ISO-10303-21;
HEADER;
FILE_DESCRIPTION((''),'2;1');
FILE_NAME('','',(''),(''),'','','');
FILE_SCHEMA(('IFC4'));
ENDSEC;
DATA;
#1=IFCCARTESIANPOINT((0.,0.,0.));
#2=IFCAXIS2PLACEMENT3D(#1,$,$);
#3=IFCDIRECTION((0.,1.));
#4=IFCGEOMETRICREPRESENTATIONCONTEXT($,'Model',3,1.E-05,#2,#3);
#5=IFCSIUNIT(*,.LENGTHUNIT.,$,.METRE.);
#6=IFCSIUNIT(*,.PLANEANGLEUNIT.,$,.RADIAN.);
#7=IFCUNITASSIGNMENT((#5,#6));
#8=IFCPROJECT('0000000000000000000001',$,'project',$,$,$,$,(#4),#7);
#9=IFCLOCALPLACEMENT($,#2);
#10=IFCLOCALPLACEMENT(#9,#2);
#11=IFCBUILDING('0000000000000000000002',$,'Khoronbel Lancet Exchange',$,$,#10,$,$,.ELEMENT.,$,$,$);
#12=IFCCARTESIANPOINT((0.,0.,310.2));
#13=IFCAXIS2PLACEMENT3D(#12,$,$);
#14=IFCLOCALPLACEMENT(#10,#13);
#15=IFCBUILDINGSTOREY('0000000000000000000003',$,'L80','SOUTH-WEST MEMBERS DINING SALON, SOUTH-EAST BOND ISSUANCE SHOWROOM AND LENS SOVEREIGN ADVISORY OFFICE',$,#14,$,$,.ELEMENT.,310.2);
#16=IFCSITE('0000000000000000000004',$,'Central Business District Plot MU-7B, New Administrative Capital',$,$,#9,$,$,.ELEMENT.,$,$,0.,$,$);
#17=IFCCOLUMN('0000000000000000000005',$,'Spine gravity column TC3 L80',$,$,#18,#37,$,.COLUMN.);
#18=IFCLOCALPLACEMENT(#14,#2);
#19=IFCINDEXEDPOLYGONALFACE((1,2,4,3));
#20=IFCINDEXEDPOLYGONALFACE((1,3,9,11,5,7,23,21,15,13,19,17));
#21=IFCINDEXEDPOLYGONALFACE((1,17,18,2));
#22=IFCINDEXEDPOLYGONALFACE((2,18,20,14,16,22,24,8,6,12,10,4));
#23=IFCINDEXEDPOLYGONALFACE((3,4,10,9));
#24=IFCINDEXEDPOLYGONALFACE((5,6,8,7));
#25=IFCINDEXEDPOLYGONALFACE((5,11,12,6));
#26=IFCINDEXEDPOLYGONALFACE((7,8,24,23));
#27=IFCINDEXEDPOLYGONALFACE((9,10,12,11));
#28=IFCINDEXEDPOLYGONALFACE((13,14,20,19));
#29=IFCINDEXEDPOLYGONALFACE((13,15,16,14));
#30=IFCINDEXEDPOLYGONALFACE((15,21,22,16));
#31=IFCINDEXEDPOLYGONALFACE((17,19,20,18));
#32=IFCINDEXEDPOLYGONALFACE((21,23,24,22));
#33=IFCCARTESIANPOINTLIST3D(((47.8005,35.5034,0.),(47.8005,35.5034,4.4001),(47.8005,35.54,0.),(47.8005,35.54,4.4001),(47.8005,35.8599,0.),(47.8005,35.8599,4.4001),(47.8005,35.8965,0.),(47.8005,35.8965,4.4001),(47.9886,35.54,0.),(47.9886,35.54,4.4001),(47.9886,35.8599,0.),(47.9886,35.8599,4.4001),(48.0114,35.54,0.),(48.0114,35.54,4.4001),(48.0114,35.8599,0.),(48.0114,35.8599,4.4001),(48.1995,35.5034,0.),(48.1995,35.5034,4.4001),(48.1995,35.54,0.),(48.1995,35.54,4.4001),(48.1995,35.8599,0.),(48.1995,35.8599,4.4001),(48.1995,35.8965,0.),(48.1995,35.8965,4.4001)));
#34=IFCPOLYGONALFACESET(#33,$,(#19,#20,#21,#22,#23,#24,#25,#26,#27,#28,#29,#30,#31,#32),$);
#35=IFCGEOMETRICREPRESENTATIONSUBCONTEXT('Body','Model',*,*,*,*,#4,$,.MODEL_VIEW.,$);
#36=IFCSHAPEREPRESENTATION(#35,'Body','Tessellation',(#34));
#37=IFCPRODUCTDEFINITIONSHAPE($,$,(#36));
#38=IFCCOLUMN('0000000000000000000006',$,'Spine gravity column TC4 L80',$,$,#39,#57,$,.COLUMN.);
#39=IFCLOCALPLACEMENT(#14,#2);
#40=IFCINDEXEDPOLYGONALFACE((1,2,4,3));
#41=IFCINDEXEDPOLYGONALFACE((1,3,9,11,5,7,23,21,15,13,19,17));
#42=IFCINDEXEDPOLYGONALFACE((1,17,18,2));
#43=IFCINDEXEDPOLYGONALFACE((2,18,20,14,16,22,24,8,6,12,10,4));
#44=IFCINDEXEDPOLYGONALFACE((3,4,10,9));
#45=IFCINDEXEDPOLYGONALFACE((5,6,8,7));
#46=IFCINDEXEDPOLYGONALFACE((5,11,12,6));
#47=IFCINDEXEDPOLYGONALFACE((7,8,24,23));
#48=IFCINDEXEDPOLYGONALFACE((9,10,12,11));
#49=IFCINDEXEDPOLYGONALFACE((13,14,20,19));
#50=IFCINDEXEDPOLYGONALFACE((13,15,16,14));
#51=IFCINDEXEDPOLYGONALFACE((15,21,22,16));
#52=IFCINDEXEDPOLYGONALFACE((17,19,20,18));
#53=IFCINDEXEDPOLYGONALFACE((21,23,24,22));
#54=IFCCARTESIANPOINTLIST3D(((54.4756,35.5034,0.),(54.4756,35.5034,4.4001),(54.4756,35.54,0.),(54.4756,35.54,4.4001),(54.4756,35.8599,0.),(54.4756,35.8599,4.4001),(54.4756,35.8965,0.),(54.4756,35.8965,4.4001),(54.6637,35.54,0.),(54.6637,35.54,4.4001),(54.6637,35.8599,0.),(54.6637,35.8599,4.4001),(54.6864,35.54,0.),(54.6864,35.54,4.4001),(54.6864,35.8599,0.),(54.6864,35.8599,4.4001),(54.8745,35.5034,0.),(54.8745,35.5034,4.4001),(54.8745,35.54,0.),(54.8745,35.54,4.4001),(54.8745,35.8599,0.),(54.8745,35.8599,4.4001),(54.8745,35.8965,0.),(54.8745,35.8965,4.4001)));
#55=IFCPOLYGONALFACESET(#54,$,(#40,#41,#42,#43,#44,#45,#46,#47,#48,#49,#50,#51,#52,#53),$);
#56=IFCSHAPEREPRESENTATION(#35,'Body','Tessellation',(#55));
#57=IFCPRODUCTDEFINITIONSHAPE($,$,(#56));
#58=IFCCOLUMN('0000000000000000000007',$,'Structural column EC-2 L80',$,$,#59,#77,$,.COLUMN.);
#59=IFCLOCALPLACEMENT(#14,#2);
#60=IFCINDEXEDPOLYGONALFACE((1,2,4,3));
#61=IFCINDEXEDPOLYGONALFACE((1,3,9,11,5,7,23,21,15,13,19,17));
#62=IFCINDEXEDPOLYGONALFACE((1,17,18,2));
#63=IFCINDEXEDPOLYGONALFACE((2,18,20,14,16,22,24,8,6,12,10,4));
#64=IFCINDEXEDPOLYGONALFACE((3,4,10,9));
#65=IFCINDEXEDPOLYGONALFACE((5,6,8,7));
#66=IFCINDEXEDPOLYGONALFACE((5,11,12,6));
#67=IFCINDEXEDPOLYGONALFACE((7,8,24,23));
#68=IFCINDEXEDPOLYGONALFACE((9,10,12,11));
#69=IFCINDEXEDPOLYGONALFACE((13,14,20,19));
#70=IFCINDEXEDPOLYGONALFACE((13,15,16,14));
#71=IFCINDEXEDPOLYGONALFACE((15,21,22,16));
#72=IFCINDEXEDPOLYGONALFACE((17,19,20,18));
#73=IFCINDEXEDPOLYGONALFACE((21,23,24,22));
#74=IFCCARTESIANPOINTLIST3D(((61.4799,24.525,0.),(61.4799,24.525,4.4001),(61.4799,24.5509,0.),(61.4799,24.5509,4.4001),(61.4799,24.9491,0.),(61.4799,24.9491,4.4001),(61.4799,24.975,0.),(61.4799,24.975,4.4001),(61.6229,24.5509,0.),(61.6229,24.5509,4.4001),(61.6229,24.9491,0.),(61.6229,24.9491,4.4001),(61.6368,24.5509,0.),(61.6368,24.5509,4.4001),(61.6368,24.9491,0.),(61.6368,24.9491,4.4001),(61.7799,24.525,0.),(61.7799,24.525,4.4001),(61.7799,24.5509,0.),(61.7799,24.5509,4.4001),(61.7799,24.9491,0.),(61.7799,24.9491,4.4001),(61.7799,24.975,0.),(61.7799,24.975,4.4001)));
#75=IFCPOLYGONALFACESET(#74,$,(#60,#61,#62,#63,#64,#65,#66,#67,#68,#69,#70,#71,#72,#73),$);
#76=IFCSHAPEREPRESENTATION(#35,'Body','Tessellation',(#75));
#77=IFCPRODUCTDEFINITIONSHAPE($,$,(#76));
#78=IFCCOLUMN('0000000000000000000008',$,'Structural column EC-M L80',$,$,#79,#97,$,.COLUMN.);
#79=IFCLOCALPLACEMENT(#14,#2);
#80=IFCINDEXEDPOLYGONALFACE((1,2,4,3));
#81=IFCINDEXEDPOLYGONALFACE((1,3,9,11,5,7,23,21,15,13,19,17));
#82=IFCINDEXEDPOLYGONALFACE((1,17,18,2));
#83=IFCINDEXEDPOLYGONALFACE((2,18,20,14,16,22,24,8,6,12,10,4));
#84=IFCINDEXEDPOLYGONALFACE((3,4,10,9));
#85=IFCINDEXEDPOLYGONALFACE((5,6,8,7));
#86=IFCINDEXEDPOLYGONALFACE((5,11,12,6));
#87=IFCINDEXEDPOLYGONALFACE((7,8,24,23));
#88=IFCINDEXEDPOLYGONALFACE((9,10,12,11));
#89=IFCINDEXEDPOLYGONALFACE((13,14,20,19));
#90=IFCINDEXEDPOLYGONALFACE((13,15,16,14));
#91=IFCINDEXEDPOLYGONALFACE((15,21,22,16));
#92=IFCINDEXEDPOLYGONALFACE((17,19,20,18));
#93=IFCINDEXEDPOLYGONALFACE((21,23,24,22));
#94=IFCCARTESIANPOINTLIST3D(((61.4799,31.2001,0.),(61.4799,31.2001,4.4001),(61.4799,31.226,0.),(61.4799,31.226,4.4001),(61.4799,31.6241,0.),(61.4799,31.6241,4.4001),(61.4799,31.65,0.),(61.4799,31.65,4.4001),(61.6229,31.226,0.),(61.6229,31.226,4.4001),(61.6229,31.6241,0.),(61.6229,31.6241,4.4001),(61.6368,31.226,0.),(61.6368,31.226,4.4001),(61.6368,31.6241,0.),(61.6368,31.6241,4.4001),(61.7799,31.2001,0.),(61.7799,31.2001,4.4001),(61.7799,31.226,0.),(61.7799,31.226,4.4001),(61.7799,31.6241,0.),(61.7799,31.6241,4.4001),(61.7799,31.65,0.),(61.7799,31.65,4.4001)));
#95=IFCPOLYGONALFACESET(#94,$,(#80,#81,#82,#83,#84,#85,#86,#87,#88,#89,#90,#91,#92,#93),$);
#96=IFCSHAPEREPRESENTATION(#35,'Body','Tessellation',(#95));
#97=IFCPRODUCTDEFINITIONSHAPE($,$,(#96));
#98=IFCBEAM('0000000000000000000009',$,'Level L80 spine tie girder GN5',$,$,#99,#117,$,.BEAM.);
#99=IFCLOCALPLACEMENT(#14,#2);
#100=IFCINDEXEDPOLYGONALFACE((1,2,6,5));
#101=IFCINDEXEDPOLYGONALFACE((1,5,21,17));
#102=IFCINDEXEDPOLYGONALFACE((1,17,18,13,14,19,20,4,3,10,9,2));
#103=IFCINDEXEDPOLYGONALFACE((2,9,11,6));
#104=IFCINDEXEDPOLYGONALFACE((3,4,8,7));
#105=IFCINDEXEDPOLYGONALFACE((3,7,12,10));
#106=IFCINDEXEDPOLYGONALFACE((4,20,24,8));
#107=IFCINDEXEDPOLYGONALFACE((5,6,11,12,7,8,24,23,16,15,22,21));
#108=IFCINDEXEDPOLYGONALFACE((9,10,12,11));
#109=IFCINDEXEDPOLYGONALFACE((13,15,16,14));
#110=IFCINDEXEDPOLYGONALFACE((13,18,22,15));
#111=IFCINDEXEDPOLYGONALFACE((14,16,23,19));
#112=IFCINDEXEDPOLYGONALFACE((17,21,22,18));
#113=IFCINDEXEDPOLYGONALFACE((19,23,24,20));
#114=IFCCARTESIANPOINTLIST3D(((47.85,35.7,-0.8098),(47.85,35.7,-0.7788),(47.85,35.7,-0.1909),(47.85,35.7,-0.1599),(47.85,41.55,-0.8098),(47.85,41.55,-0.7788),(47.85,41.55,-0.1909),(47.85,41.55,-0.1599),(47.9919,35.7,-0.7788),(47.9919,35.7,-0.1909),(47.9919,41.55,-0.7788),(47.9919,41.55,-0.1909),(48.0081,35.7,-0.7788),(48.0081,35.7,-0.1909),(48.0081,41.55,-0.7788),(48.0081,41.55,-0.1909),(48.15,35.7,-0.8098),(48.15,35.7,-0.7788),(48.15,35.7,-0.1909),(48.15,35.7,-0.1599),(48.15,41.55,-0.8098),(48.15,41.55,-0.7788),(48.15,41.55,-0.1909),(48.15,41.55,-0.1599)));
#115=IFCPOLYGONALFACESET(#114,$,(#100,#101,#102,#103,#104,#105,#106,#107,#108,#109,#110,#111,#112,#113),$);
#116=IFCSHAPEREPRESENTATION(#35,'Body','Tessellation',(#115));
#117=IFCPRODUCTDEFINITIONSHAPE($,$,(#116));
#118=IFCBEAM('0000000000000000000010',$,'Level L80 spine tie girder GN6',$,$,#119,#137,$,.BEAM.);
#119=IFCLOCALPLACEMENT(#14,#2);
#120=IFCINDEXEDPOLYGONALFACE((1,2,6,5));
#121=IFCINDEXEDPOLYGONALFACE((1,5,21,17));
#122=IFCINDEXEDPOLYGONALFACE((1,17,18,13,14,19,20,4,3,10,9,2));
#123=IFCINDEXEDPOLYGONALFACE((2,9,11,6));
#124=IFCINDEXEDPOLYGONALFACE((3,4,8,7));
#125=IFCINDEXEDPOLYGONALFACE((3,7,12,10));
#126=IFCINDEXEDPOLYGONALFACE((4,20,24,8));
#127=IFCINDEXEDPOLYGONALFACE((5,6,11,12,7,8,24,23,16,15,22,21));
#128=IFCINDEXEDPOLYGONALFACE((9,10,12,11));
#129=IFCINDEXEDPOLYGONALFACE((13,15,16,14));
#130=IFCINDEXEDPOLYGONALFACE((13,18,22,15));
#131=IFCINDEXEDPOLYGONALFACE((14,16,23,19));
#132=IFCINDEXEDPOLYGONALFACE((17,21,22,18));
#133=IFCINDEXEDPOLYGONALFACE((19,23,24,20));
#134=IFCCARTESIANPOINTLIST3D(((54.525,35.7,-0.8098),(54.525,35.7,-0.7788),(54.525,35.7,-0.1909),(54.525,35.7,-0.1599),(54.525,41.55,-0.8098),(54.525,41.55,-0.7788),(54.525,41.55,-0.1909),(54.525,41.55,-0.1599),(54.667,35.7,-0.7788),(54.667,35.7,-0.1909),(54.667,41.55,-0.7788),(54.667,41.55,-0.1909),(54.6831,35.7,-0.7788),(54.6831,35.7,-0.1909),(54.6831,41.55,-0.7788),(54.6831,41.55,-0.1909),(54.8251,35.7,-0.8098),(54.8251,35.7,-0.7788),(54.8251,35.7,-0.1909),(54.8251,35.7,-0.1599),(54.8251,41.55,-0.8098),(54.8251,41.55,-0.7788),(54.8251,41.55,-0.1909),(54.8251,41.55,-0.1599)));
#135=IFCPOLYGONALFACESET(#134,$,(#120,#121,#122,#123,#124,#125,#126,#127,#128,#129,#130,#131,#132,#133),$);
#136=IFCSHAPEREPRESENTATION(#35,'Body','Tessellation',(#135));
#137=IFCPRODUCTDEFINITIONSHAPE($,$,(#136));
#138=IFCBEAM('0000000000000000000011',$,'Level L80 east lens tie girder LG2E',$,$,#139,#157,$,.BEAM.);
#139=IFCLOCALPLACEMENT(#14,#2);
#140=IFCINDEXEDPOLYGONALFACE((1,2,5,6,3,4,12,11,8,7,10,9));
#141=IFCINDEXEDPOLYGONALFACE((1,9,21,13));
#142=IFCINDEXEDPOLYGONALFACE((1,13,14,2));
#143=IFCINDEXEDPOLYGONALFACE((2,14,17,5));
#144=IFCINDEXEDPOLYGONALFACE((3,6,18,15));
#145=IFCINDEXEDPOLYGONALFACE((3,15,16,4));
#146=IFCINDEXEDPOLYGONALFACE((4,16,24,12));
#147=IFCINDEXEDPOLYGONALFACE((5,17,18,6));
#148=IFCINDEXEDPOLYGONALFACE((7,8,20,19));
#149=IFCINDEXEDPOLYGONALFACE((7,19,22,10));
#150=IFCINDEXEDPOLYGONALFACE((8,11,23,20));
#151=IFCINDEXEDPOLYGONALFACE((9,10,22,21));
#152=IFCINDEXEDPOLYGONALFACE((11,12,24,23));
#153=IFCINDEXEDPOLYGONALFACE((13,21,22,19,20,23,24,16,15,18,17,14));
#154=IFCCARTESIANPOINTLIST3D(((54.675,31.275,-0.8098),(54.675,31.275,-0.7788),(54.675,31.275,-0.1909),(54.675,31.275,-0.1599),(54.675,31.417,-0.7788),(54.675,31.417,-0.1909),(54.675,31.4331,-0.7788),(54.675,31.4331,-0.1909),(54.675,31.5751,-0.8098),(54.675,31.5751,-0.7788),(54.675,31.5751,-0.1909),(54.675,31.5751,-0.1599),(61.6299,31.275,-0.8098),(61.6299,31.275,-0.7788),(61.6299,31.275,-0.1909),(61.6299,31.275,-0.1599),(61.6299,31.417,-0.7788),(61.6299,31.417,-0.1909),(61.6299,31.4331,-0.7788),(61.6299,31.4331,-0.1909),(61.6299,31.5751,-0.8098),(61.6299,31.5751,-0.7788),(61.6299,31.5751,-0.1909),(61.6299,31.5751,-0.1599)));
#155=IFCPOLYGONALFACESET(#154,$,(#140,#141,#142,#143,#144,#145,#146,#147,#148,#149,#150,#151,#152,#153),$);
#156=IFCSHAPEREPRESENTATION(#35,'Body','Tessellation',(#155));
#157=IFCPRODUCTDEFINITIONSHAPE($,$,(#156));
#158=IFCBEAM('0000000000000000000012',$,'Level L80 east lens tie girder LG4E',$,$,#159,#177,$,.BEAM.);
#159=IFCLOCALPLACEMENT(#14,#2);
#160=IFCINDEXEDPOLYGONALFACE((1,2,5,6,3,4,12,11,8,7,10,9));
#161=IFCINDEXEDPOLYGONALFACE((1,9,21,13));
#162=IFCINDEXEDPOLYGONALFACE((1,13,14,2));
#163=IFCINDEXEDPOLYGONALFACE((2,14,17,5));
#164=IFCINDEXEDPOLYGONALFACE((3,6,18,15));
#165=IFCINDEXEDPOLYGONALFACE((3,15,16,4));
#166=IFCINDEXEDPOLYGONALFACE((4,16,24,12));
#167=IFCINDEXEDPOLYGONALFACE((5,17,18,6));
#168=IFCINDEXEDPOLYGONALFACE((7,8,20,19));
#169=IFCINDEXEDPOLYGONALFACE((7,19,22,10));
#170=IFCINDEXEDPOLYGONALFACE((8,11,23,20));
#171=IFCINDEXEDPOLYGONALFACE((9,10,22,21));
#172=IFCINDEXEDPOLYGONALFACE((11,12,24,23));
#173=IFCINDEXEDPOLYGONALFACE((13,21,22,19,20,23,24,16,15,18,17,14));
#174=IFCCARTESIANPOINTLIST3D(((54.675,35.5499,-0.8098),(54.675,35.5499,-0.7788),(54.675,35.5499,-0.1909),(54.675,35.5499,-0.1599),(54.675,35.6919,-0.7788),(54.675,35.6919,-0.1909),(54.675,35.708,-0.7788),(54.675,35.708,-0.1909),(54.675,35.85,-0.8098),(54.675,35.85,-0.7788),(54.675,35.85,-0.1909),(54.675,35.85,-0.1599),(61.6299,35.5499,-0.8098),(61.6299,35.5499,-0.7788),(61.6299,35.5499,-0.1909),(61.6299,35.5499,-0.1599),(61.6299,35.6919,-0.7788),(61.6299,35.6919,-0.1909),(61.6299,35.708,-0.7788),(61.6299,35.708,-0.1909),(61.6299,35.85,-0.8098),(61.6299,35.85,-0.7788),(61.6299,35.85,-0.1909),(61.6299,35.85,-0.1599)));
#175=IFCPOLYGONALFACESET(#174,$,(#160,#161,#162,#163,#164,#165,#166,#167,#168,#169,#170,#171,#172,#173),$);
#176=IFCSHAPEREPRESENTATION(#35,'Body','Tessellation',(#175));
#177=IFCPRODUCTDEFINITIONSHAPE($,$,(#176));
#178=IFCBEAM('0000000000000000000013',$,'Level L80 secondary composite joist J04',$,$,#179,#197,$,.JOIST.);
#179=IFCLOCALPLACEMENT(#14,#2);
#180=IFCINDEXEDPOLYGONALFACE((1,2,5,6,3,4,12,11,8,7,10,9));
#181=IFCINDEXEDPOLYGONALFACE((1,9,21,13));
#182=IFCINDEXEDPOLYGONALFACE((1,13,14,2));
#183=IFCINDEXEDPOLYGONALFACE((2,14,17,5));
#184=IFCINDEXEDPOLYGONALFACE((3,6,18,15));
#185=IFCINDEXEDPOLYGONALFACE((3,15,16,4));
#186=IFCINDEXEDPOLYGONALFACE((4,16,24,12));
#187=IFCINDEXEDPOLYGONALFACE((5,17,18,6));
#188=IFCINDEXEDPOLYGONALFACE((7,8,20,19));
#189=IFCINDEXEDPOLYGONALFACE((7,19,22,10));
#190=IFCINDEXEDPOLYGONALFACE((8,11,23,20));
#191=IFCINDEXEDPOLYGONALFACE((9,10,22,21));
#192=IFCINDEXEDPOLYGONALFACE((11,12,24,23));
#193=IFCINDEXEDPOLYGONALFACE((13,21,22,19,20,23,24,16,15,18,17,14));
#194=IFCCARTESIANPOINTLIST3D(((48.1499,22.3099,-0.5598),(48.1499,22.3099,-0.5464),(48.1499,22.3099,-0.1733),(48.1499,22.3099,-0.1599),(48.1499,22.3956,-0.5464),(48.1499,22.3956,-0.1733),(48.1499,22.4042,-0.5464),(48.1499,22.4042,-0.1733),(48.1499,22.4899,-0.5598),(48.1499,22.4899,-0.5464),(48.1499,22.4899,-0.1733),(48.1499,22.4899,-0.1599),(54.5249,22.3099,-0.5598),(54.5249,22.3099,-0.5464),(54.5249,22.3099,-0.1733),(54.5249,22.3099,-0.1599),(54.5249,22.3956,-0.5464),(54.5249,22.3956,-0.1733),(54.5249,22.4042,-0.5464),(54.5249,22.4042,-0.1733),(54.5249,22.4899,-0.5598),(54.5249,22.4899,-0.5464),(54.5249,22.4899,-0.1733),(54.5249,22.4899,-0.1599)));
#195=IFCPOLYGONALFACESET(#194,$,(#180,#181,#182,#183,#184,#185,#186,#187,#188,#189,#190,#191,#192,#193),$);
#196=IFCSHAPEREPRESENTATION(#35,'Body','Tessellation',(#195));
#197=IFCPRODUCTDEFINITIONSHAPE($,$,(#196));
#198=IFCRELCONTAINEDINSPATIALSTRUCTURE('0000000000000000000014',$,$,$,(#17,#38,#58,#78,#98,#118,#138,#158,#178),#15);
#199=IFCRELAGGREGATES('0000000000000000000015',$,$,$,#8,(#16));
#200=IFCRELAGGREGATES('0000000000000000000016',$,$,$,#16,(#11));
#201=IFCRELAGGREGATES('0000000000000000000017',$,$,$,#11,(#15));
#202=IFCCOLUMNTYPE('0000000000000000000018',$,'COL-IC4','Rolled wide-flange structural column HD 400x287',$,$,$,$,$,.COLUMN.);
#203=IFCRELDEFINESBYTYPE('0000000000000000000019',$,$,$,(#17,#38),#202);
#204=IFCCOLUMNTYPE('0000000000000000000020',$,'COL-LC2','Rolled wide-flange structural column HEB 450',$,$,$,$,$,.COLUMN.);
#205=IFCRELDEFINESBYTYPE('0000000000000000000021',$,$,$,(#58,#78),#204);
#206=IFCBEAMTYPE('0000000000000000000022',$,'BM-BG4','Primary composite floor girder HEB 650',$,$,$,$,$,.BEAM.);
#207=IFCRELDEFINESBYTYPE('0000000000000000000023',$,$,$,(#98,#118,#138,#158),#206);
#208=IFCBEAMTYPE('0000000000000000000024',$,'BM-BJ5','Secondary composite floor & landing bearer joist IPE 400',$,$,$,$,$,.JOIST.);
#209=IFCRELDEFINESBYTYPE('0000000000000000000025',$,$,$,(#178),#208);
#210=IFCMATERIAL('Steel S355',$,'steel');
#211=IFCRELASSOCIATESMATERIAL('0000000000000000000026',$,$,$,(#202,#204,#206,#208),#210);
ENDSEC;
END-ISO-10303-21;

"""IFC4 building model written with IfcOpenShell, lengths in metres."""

from ifc_helpers import new_model, si_unit, direction, frame, origin, origin_2d, place, context, subcontext, project, spatial, i_section, extrude, material, material_profile, profile_set, type_object, element, save


model = new_model("IFC4")

# Units and contexts
model_context = context("Model", 3, precision=1e-05, world=origin(), true_north=direction((0.0, 1.0)))
body_context = subcontext(model_context, "Body", "Model", "MODEL_VIEW")
ifc_project = project(units=[si_unit("LENGTHUNIT", "METRE"), si_unit("PLANEANGLEUNIT", "RADIAN")], contexts=[model_context])

# Site, building, storey
site_placement = place(None, origin())
site = spatial("IfcSite", under=ifc_project, at=site_placement, Name="Central Business District Plot MU-7B, New Administrative Capital", CompositionType="ELEMENT", RefElevation=0.0)
building_placement = place(site_placement, origin())
building = spatial("IfcBuilding", under=site, at=building_placement, Name="Khoronbel Lancet Exchange", CompositionType="ELEMENT")
storey_placement = place(building_placement, frame((0.0, 0.0, 310.2)))
storey = spatial("IfcBuildingStorey", under=building, at=storey_placement, Name="L80", Description="SOUTH-WEST MEMBERS DINING SALON, SOUTH-EAST BOND ISSUANCE SHOWROOM AND LENS SOVEREIGN ADVISORY OFFICE", CompositionType="ELEMENT", Elevation=310.2)

# Columns
ifc_material_1 = material(Name="Steel S355", Category="steel")
ifc_material_profile_1 = material_profile(ifc_material_1, i_section(OverallWidth=0.3989, OverallDepth=0.3931, WebThickness=0.0227, FlangeThickness=0.0366, at=origin_2d()), Name="HD 400x287")
ifc_profile_set_1 = profile_set([ifc_material_profile_1], Name="Steel S355")
column_type_1 = type_object("IfcColumnType", Name="COL-IC4", Description="Rolled wide-flange structural column HD 400x287", PredefinedType="COLUMN", material=ifc_profile_set_1)
for number, where, z_axis, x_axis, name in (
    (1, (48.0, 35.7, 0.0), (0.0, 0.0, 1.0), (1.0, 0.0, 0.0), "Spine gravity column TC3 L80"),
    (2, (54.675, 35.7, 0.0), (0.0, 0.0, 1.0), (1.0, 0.0, 0.0), "Spine gravity column TC4 L80"),
):
    element("IfcColumn", number, at=place(storey_placement, frame(where, z_axis=z_axis, x_axis=x_axis)), inside=storey, type_object=column_type_1, Name=name, PredefinedType="COLUMN", context=body_context, shape_type="SweptSolid", body=[
        extrude(i_section(OverallWidth=0.3989, OverallDepth=0.3931, WebThickness=0.0227, FlangeThickness=0.0366, at=origin_2d()), origin(), (0.0, 0.0, 1.0), 4.4001),
    ])
ifc_material_profile_2 = material_profile(ifc_material_1, i_section(OverallWidth=0.3, OverallDepth=0.45, WebThickness=0.0139, FlangeThickness=0.0259, at=origin_2d()), Name="HEB 450")
ifc_profile_set_2 = profile_set([ifc_material_profile_2], Name="Steel S355")
column_type_2 = type_object("IfcColumnType", Name="COL-LC2", Description="Rolled wide-flange structural column HEB 450", PredefinedType="COLUMN", material=ifc_profile_set_2)
for number, where, z_axis, x_axis, name in (
    (3, (61.6299, 24.75, 0.0), (0.0, 0.0, 1.0), (1.0, 0.0, 0.0), "Structural column EC-2 L80"),
    (4, (61.6299, 31.425, 0.0), (0.0, 0.0, 1.0), (1.0, 0.0, 0.0), "Structural column EC-M L80"),
):
    element("IfcColumn", number, at=place(storey_placement, frame(where, z_axis=z_axis, x_axis=x_axis)), inside=storey, type_object=column_type_2, Name=name, PredefinedType="COLUMN", context=body_context, shape_type="SweptSolid", body=[
        extrude(i_section(OverallWidth=0.3, OverallDepth=0.45, WebThickness=0.0139, FlangeThickness=0.0259, at=origin_2d()), origin(), (0.0, 0.0, 1.0), 4.4001),
    ])

# Beams
ifc_material_profile_3 = material_profile(ifc_material_1, i_section(OverallWidth=0.3, OverallDepth=0.6499, WebThickness=0.0161, FlangeThickness=0.031, at=origin_2d()), Name="HEB 650")
ifc_profile_set_3 = profile_set([ifc_material_profile_3], Name="Steel S355")
beam_type_1 = type_object("IfcBeamType", Name="BM-BG4", Description="Primary composite floor girder HEB 650", PredefinedType="BEAM", material=ifc_profile_set_3)
for number, where, z_axis, x_axis, name in (
    (5, (48.0, 35.7, -0.4849), (0.0, 1.0, 0.0), (-1.0, 0.0, 0.0), "Level L80 spine tie girder GN5"),
    (6, (54.675, 35.7, -0.4849), (0.0, 1.0, 0.0), (-1.0, 0.0, 0.0), "Level L80 spine tie girder GN6"),
):
    element("IfcBeam", number, at=place(storey_placement, frame(where, z_axis=z_axis, x_axis=x_axis)), inside=storey, type_object=beam_type_1, Name=name, PredefinedType="BEAM", context=body_context, shape_type="SweptSolid", body=[
        extrude(i_section(OverallWidth=0.3, OverallDepth=0.6499, WebThickness=0.0161, FlangeThickness=0.031, at=origin_2d()), origin(), (0.0, 0.0, 1.0), 5.8501),
    ])
for number, where, z_axis, x_axis, name in (
    (7, (54.675, 31.425, -0.4849), (1.0, 0.0, 0.0), (0.0, 1.0, 0.0), "Level L80 east lens tie girder LG2E"),
    (8, (54.675, 35.7, -0.4849), (1.0, 0.0, 0.0), (0.0, 1.0, 0.0), "Level L80 east lens tie girder LG4E"),
):
    element("IfcBeam", number, at=place(storey_placement, frame(where, z_axis=z_axis, x_axis=x_axis)), inside=storey, type_object=beam_type_1, Name=name, PredefinedType="BEAM", context=body_context, shape_type="SweptSolid", body=[
        extrude(i_section(OverallWidth=0.3, OverallDepth=0.6499, WebThickness=0.0161, FlangeThickness=0.031, at=origin_2d()), origin(), (0.0, 0.0, 1.0), 6.9548),
    ])
ifc_material_profile_4 = material_profile(ifc_material_1, i_section(OverallWidth=0.1799, OverallDepth=0.3999, WebThickness=0.0085, FlangeThickness=0.0134, at=origin_2d()), Name="IPE 400")
ifc_profile_set_4 = profile_set([ifc_material_profile_4], Name="Steel S355")
beam_type_2 = type_object("IfcBeamType", Name="BM-BJ5", Description="Secondary composite floor & landing bearer joist IPE 400", PredefinedType="JOIST", material=ifc_profile_set_4)
for number, where, z_axis, x_axis, name in (
    (9, (48.1499, 22.3999, -0.3599), (1.0, 0.0, 0.0), (0.0, 1.0, 0.0), "Level L80 secondary composite joist J04"),
):
    element("IfcBeam", number, at=place(storey_placement, frame(where, z_axis=z_axis, x_axis=x_axis)), inside=storey, type_object=beam_type_2, Name=name, PredefinedType="JOIST", context=body_context, shape_type="SweptSolid", body=[
        extrude(i_section(OverallWidth=0.1799, OverallDepth=0.3999, WebThickness=0.0085, FlangeThickness=0.0134, at=origin_2d()), origin(), (0.0, 0.0, 1.0), 6.375),
    ])

save(model, "model.ifc")
